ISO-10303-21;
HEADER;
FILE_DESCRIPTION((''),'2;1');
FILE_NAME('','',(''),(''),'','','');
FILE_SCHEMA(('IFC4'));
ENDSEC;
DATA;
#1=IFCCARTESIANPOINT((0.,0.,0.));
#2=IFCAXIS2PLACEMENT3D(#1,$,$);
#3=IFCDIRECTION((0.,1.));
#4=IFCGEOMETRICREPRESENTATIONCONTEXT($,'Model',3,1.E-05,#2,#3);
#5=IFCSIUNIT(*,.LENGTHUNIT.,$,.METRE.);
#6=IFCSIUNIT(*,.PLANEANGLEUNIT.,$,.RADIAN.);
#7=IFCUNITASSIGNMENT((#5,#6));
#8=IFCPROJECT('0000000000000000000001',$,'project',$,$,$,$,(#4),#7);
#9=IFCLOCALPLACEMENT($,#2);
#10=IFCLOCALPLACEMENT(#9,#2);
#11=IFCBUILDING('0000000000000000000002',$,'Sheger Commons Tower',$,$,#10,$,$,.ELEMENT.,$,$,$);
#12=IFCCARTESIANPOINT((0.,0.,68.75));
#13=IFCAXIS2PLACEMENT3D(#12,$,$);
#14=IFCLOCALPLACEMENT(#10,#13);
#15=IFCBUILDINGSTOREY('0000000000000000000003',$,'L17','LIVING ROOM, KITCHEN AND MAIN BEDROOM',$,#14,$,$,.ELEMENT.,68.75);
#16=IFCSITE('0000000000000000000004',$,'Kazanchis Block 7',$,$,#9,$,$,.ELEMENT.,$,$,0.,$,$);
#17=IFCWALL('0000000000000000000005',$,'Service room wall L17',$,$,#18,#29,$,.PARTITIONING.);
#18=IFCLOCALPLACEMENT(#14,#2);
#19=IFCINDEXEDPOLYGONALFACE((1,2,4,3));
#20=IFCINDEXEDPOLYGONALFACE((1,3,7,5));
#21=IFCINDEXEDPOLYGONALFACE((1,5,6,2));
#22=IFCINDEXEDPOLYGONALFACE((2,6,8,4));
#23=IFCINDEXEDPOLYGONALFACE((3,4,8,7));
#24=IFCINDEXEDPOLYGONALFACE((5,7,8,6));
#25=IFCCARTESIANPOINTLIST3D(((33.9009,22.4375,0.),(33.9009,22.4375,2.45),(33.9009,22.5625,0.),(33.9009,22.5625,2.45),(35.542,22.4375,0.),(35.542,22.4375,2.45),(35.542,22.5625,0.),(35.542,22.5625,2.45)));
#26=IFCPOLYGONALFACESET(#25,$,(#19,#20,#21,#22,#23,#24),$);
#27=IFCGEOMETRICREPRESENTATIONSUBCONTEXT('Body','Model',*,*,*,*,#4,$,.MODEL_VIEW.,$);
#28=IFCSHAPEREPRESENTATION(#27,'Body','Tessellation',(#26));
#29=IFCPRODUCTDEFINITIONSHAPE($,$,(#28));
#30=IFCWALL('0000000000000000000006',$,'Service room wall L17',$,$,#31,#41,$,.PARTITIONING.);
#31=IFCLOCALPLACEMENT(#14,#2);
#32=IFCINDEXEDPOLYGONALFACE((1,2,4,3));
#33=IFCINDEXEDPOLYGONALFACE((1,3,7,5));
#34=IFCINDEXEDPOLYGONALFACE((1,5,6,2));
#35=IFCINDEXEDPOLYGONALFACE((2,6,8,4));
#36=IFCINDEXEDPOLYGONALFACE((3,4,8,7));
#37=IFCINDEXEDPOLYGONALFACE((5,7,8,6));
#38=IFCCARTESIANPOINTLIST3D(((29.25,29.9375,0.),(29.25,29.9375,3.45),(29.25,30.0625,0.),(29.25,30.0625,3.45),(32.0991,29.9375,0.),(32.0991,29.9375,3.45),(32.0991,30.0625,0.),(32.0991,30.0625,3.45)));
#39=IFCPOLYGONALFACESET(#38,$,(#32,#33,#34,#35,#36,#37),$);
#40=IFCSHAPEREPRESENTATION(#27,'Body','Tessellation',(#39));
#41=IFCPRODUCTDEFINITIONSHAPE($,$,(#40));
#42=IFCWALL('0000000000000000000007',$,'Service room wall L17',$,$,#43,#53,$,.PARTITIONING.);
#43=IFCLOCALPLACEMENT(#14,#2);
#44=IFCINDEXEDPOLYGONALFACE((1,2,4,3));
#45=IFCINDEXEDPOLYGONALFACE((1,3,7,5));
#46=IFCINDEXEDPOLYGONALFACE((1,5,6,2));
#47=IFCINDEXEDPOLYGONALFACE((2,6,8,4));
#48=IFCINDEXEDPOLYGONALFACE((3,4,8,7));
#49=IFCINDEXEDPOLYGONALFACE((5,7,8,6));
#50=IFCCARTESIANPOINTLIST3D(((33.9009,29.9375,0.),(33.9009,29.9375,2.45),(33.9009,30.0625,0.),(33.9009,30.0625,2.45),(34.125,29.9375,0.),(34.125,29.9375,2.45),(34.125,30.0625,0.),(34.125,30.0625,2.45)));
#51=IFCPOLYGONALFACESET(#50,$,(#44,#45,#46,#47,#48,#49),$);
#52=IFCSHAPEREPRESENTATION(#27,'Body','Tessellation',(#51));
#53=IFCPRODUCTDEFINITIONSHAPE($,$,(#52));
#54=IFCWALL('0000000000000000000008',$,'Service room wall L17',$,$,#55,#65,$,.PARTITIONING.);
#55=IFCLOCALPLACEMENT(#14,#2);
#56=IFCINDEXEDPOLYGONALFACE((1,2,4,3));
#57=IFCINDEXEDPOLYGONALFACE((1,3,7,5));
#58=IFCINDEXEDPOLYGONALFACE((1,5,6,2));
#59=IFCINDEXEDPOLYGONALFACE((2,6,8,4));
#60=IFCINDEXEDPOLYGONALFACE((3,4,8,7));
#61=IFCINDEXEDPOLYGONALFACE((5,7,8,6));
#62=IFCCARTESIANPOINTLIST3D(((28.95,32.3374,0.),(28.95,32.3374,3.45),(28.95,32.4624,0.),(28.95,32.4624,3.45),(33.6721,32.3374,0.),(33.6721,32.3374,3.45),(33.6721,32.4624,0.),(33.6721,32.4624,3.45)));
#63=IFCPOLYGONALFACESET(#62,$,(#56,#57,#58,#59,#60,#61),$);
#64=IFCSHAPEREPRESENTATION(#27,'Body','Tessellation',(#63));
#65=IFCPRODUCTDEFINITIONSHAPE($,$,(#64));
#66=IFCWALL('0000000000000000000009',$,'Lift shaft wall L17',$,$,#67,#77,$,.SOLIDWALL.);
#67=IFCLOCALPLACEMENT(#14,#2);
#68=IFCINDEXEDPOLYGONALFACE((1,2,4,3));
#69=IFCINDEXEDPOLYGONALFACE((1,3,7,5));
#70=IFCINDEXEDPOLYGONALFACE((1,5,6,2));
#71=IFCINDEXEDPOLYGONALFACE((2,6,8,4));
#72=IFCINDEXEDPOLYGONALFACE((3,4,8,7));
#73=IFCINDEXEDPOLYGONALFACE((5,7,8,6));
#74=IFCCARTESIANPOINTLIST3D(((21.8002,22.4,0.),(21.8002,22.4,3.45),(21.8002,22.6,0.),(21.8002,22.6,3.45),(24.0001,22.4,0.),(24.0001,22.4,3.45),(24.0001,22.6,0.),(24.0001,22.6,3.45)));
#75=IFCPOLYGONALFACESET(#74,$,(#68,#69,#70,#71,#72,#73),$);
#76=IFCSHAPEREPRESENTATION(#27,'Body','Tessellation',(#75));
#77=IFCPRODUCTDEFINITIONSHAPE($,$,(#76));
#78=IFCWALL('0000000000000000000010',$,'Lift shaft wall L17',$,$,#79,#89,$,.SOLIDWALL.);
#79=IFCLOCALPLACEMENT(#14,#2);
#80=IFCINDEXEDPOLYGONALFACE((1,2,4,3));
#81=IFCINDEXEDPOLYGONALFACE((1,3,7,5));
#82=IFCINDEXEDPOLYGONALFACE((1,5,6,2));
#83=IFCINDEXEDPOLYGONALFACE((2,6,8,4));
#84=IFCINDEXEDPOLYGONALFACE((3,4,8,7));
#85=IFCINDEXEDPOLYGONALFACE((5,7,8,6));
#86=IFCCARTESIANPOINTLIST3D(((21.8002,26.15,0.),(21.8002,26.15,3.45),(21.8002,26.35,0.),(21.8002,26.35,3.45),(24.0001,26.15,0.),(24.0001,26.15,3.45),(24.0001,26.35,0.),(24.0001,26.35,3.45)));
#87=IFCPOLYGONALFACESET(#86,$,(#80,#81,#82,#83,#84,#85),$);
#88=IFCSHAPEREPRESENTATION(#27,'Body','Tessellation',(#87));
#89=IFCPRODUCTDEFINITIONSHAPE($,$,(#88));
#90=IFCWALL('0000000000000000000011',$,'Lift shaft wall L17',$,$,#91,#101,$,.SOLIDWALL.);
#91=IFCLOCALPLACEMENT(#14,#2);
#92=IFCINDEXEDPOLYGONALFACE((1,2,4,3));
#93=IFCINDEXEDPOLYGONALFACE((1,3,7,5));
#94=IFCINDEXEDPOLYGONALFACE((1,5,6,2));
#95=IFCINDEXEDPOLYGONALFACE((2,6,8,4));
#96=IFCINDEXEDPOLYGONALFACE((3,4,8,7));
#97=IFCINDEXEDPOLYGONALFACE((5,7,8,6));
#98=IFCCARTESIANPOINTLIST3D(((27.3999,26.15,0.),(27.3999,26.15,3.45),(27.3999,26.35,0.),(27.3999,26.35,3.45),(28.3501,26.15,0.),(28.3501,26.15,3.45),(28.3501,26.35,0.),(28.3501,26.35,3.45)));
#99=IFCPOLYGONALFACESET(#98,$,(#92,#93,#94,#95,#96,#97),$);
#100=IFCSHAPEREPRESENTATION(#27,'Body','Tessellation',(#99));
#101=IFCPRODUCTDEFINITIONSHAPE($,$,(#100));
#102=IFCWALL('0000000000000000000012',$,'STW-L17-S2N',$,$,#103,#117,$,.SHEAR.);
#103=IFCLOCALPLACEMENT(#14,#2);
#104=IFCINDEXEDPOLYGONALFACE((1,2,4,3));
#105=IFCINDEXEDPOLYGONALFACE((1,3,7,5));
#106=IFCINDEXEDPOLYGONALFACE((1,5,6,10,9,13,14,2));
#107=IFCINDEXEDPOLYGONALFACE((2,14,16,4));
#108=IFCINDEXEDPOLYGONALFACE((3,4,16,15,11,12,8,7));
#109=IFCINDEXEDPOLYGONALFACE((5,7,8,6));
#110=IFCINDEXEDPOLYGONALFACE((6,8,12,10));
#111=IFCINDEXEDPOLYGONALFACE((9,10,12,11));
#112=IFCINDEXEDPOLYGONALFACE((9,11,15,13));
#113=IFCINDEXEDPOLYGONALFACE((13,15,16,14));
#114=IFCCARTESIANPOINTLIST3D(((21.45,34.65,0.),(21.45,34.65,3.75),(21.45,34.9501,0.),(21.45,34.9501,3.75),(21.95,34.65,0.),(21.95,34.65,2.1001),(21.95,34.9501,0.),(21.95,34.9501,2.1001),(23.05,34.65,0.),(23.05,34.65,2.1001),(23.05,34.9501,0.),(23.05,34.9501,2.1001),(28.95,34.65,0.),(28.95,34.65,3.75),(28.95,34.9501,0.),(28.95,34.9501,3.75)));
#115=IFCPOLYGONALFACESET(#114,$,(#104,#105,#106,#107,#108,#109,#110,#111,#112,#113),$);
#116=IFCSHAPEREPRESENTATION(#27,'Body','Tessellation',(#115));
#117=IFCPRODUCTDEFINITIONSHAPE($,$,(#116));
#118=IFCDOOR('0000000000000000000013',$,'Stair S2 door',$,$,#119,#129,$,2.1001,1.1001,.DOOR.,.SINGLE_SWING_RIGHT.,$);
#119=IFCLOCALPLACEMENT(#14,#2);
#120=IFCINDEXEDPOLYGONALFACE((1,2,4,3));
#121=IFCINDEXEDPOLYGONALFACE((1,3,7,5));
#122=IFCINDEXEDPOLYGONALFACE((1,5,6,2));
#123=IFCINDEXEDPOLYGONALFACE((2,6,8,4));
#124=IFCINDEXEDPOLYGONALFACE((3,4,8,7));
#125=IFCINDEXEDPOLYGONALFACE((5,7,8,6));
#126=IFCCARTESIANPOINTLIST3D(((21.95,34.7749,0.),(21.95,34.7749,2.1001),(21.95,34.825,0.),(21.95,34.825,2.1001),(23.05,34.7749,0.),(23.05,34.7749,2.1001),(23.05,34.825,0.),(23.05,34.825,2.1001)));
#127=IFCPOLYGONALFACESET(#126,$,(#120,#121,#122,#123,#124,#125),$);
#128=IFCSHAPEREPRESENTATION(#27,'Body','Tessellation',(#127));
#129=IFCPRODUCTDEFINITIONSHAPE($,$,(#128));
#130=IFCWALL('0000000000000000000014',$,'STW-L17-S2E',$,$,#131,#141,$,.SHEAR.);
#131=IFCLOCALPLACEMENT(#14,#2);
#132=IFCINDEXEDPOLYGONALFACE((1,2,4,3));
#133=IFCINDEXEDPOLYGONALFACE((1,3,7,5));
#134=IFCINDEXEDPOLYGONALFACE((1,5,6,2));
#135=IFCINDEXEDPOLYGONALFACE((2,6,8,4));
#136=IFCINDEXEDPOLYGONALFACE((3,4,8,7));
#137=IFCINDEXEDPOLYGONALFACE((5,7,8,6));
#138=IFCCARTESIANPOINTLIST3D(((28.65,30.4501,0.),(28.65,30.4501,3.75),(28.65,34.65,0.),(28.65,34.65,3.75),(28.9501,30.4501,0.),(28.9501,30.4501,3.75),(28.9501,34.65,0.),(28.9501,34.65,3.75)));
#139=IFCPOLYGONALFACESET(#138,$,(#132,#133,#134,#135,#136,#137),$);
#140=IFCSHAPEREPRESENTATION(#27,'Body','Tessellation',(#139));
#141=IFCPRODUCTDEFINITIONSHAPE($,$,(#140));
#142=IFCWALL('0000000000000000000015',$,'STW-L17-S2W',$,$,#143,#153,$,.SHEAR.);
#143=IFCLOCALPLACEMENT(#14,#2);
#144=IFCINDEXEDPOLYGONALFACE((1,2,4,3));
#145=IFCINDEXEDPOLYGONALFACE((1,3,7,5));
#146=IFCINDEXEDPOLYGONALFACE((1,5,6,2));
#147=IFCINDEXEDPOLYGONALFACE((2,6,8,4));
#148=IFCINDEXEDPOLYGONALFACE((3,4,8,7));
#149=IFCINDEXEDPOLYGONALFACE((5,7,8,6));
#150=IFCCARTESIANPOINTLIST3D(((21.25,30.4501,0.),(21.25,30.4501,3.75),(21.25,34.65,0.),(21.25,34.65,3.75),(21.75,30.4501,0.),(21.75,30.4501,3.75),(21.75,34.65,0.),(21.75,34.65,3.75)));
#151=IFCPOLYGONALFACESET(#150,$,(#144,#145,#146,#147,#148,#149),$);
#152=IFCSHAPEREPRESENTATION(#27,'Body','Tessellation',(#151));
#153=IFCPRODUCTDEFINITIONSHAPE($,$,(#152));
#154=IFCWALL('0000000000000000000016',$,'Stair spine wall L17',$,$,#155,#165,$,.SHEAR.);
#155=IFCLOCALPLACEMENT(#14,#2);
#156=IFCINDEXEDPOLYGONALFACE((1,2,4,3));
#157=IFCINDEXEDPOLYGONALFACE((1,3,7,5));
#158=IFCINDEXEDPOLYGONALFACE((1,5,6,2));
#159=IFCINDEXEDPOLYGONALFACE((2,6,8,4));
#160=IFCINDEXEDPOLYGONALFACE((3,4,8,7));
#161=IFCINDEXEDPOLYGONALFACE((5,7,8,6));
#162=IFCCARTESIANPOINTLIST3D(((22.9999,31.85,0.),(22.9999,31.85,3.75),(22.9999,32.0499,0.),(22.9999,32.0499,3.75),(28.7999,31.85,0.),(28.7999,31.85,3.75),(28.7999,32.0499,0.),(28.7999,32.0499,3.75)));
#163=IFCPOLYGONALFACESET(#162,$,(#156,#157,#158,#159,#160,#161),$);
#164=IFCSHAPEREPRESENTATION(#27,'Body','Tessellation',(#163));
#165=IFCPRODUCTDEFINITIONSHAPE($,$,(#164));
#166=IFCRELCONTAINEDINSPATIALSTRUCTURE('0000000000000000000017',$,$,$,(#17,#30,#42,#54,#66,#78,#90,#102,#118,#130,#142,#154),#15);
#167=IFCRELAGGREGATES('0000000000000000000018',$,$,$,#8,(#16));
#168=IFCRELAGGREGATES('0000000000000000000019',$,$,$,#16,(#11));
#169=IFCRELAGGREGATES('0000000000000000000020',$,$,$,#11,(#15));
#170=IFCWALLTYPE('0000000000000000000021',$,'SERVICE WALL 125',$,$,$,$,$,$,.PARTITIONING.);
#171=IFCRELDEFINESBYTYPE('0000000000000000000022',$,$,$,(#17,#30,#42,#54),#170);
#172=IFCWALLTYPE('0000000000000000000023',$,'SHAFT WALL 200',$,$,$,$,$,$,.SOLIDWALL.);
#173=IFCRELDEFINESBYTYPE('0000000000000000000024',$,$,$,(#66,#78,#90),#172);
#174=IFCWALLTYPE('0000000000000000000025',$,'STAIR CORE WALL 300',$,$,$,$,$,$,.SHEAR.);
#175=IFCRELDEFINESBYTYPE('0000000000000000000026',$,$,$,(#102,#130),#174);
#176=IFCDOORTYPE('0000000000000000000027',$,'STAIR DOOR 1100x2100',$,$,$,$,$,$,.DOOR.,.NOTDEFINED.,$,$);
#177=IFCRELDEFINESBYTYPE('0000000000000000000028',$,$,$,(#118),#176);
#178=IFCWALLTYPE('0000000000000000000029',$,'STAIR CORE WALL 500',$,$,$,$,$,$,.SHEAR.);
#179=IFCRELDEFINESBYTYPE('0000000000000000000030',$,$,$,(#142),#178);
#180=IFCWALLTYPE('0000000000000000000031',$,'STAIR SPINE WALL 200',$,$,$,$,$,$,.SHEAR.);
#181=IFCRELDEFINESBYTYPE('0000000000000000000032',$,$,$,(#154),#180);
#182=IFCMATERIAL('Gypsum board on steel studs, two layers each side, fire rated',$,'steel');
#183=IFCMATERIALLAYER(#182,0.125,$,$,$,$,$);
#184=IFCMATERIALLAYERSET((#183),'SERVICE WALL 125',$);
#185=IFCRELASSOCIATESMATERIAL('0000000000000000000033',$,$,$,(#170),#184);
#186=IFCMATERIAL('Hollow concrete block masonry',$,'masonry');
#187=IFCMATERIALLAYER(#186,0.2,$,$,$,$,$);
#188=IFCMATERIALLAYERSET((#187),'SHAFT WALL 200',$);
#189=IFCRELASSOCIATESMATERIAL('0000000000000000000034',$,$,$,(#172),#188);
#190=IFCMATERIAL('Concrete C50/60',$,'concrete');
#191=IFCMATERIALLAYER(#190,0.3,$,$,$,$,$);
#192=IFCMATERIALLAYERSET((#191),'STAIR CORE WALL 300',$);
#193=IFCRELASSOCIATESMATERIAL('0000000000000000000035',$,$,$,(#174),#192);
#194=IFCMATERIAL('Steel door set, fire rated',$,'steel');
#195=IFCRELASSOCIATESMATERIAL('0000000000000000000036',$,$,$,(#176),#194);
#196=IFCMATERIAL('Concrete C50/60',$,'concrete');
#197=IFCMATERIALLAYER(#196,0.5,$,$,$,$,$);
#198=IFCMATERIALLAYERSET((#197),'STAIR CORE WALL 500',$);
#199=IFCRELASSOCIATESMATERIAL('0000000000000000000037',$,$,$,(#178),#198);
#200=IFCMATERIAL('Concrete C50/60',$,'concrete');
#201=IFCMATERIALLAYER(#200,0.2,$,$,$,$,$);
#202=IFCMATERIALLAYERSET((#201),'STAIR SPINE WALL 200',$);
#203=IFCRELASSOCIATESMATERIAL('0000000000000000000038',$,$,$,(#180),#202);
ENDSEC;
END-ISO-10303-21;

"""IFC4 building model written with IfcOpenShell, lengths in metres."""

from ifc_helpers import new_model, si_unit, direction, frame, frame_2d, origin, place, context, subcontext, project, spatial, rectangle, extrude, material, layer, layer_set, type_object, element, fill, save


model = new_model("IFC4")

# Units and contexts
model_context = context("Model", 3, precision=1e-05, world=origin(), true_north=direction((0.0, 1.0)))
body_context = subcontext(model_context, "Body", "Model", "MODEL_VIEW")
ifc_project = project(units=[si_unit("LENGTHUNIT", "METRE"), si_unit("PLANEANGLEUNIT", "RADIAN")], contexts=[model_context])

# Site, building, storey
site_placement = place(None, origin())
site = spatial("IfcSite", under=ifc_project, at=site_placement, Name="Kazanchis Block 7", CompositionType="ELEMENT", RefElevation=0.0)
building_placement = place(site_placement, origin())
building = spatial("IfcBuilding", under=site, at=building_placement, Name="Sheger Commons Tower", CompositionType="ELEMENT")
storey_placement = place(building_placement, frame((0.0, 0.0, 68.75)))
storey = spatial("IfcBuildingStorey", under=building, at=storey_placement, Name="L17", Description="LIVING ROOM, KITCHEN AND MAIN BEDROOM", CompositionType="ELEMENT", Elevation=68.75)

# Walls
ifc_material_1 = material(Name="Gypsum board on steel studs, two layers each side, fire rated", Category="steel")
ifc_layer_1 = layer(ifc_material_1, 0.125)
ifc_layer_set_1 = layer_set([ifc_layer_1], Name="SERVICE WALL 125")
wall_type_1 = type_object("IfcWallType", Name="SERVICE WALL 125", PredefinedType="PARTITIONING", material=ifc_layer_set_1)
wall_1_placement = place(storey_placement, frame((33.9009, 22.5, 0.0), z_axis=(0.0, 0.0, 1.0), x_axis=(1.0, 0.0, 0.0)))
element("IfcWall", 1, at=wall_1_placement, inside=storey, type_object=wall_type_1, Name="Service room wall L17", PredefinedType="PARTITIONING", context=body_context, shape_type="SweptSolid", body=[
    extrude(rectangle(XDim=1.6411, YDim=0.125, at=frame_2d((0.8206, 0.0))), origin(), (0.0, 0.0, 1.0), 2.45),
])
wall_2_placement = place(storey_placement, frame((29.25, 30.0, 0.0), z_axis=(0.0, 0.0, 1.0), x_axis=(1.0, 0.0, 0.0)))
element("IfcWall", 2, at=wall_2_placement, inside=storey, type_object=wall_type_1, Name="Service room wall L17", PredefinedType="PARTITIONING", context=body_context, shape_type="SweptSolid", body=[
    extrude(rectangle(XDim=2.8491, YDim=0.125, at=frame_2d((1.4246, 0.0))), origin(), (0.0, 0.0, 1.0), 3.45),
])
wall_3_placement = place(storey_placement, frame((33.9009, 30.0, 0.0), z_axis=(0.0, 0.0, 1.0), x_axis=(1.0, 0.0, 0.0)))
element("IfcWall", 3, at=wall_3_placement, inside=storey, type_object=wall_type_1, Name="Service room wall L17", PredefinedType="PARTITIONING", context=body_context, shape_type="SweptSolid", body=[
    extrude(rectangle(XDim=0.2241, YDim=0.125, at=frame_2d((0.1121, 0.0))), origin(), (0.0, 0.0, 1.0), 2.45),
])
wall_4_placement = place(storey_placement, frame((28.95, 32.3999, 0.0), z_axis=(0.0, 0.0, 1.0), x_axis=(1.0, 0.0, 0.0)))
element("IfcWall", 4, at=wall_4_placement, inside=storey, type_object=wall_type_1, Name="Service room wall L17", PredefinedType="PARTITIONING", context=body_context, shape_type="SweptSolid", body=[
    extrude(rectangle(XDim=4.7222, YDim=0.125, at=frame_2d((2.3611, 0.0))), origin(), (0.0, 0.0, 1.0), 3.45),
])
ifc_material_2 = material(Name="Hollow concrete block masonry", Category="masonry")
ifc_layer_2 = layer(ifc_material_2, 0.2)
ifc_layer_set_2 = layer_set([ifc_layer_2], Name="SHAFT WALL 200")
wall_type_2 = type_object("IfcWallType", Name="SHAFT WALL 200", PredefinedType="SOLIDWALL", material=ifc_layer_set_2)
for number, where, z_axis, x_axis, name in (
    (5, (21.8, 22.5, 0.0), (0.0, 0.0, 1.0), (1.0, 0.0, 0.0), "Lift shaft wall L17"),
    (6, (21.8, 26.25, 0.0), (0.0, 0.0, 1.0), (1.0, 0.0, 0.0), "Lift shaft wall L17"),
):
    element("IfcWall", number, at=place(storey_placement, frame(where, z_axis=z_axis, x_axis=x_axis)), inside=storey, type_object=wall_type_2, Name=name, PredefinedType="SOLIDWALL", context=body_context, shape_type="SweptSolid", body=[
        extrude(rectangle(XDim=2.2, YDim=0.2, at=frame_2d((1.1001, 0.0))), origin(), (0.0, 0.0, 1.0), 3.45),
    ])
wall_5_placement = place(storey_placement, frame((27.3999, 26.25, 0.0), z_axis=(0.0, 0.0, 1.0), x_axis=(1.0, 0.0, 0.0)))
element("IfcWall", 7, at=wall_5_placement, inside=storey, type_object=wall_type_2, Name="Lift shaft wall L17", PredefinedType="SOLIDWALL", context=body_context, shape_type="SweptSolid", body=[
    extrude(rectangle(XDim=0.9502, YDim=0.2, at=frame_2d((0.4751, 0.0))), origin(), (0.0, 0.0, 1.0), 3.45),
])

# Wall, opening, door
ifc_material_3 = material(Name="Concrete C50/60", Category="concrete")
ifc_layer_3 = layer(ifc_material_3, 0.3)
ifc_layer_set_3 = layer_set([ifc_layer_3], Name="STAIR CORE WALL 300")
wall_type_3 = type_object("IfcWallType", Name="STAIR CORE WALL 300", PredefinedType="SHEAR", material=ifc_layer_set_3)
wall_6_placement = place(storey_placement, frame((21.45, 34.8, 0.0), z_axis=(0.0, 0.0, 1.0), x_axis=(1.0, 0.0, 0.0)))
wall_6 = element("IfcWall", 8, at=wall_6_placement, inside=storey, type_object=wall_type_3, Name="STW-L17-S2N", PredefinedType="SHEAR", context=body_context, shape_type="SweptSolid", body=[
    extrude(rectangle(XDim=7.5, YDim=0.3, at=frame_2d((3.75, 0.0))), origin(), (0.0, 0.0, 1.0), 3.75),
])
opening_1_placement = place(wall_6_placement, frame((0.5, 0.0, 0.0)))
opening_1 = element("IfcOpeningElement", 9, at=opening_1_placement, cuts=wall_6, PredefinedType="OPENING", context=body_context, shape_type="SweptSolid", body=[
    extrude(rectangle(XDim=1.1001, YDim=2.1001, at=frame_2d((0.55, 1.05))), frame((0.0, 0.1599, 0.0), z_axis=(0.0, -1.0, 0.0), x_axis=(1.0, 0.0, 0.0)), (0.0, 0.0, 1.0), 0.3201),
])
ifc_material_4 = material(Name="Steel door set, fire rated", Category="steel")
door_type_1 = type_object("IfcDoorType", Name="STAIR DOOR 1100x2100", OperationType="NOTDEFINED", PredefinedType="DOOR", material=ifc_material_4)
door_1_placement = place(opening_1_placement, origin())
door_1 = element("IfcDoor", 10, at=door_1_placement, inside=storey, type_object=door_type_1, Name="Stair S2 door", OperationType="SINGLE_SWING_RIGHT", OverallHeight=2.1001, OverallWidth=1.1001, PredefinedType="DOOR", context=body_context, shape_type="SweptSolid", body=[
    extrude(rectangle(XDim=1.1001, YDim=2.1001, at=frame_2d((0.55, 1.05))), frame((0.0, 0.0249, 0.0), z_axis=(0.0, -1.0, 0.0), x_axis=(1.0, 0.0, 0.0)), (0.0, 0.0, 1.0), 0.05),
])
fill(opening_1, door_1)

# Walls
wall_7_placement = place(storey_placement, frame((28.8, 30.45, 0.0), z_axis=(0.0, 0.0, 1.0), x_axis=(0.0, 1.0, 0.0)))
element("IfcWall", 11, at=wall_7_placement, inside=storey, type_object=wall_type_3, Name="STW-L17-S2E", PredefinedType="SHEAR", context=body_context, shape_type="SweptSolid", body=[
    extrude(rectangle(XDim=4.2, YDim=0.3, at=frame_2d((2.1001, 0.0))), origin(), (0.0, 0.0, 1.0), 3.75),
])
ifc_material_5 = material(Name="Concrete C50/60", Category="concrete")
ifc_layer_4 = layer(ifc_material_5, 0.5)
ifc_layer_set_4 = layer_set([ifc_layer_4], Name="STAIR CORE WALL 500")
wall_type_4 = type_object("IfcWallType", Name="STAIR CORE WALL 500", PredefinedType="SHEAR", material=ifc_layer_set_4)
wall_8_placement = place(storey_placement, frame((21.5, 30.45, 0.0), z_axis=(0.0, 0.0, 1.0), x_axis=(0.0, 1.0, 0.0)))
element("IfcWall", 12, at=wall_8_placement, inside=storey, type_object=wall_type_4, Name="STW-L17-S2W", PredefinedType="SHEAR", context=body_context, shape_type="SweptSolid", body=[
    extrude(rectangle(XDim=4.2, YDim=0.5, at=frame_2d((2.1001, 0.0))), origin(), (0.0, 0.0, 1.0), 3.75),
])
ifc_material_6 = material(Name="Concrete C50/60", Category="concrete")
ifc_layer_5 = layer(ifc_material_6, 0.2)
ifc_layer_set_5 = layer_set([ifc_layer_5], Name="STAIR SPINE WALL 200")
wall_type_5 = type_object("IfcWallType", Name="STAIR SPINE WALL 200", PredefinedType="SHEAR", material=ifc_layer_set_5)
wall_9_placement = place(storey_placement, frame((23.0, 31.95, 0.0), z_axis=(0.0, 0.0, 1.0), x_axis=(1.0, 0.0, 0.0)))
element("IfcWall", 13, at=wall_9_placement, inside=storey, type_object=wall_type_5, Name="Stair spine wall L17", PredefinedType="SHEAR", context=body_context, shape_type="SweptSolid", body=[
    extrude(rectangle(XDim=5.8, YDim=0.2, at=frame_2d((2.8999, 0.0))), origin(), (0.0, 0.0, 1.0), 3.75),
])

save(model, "model.ifc")
